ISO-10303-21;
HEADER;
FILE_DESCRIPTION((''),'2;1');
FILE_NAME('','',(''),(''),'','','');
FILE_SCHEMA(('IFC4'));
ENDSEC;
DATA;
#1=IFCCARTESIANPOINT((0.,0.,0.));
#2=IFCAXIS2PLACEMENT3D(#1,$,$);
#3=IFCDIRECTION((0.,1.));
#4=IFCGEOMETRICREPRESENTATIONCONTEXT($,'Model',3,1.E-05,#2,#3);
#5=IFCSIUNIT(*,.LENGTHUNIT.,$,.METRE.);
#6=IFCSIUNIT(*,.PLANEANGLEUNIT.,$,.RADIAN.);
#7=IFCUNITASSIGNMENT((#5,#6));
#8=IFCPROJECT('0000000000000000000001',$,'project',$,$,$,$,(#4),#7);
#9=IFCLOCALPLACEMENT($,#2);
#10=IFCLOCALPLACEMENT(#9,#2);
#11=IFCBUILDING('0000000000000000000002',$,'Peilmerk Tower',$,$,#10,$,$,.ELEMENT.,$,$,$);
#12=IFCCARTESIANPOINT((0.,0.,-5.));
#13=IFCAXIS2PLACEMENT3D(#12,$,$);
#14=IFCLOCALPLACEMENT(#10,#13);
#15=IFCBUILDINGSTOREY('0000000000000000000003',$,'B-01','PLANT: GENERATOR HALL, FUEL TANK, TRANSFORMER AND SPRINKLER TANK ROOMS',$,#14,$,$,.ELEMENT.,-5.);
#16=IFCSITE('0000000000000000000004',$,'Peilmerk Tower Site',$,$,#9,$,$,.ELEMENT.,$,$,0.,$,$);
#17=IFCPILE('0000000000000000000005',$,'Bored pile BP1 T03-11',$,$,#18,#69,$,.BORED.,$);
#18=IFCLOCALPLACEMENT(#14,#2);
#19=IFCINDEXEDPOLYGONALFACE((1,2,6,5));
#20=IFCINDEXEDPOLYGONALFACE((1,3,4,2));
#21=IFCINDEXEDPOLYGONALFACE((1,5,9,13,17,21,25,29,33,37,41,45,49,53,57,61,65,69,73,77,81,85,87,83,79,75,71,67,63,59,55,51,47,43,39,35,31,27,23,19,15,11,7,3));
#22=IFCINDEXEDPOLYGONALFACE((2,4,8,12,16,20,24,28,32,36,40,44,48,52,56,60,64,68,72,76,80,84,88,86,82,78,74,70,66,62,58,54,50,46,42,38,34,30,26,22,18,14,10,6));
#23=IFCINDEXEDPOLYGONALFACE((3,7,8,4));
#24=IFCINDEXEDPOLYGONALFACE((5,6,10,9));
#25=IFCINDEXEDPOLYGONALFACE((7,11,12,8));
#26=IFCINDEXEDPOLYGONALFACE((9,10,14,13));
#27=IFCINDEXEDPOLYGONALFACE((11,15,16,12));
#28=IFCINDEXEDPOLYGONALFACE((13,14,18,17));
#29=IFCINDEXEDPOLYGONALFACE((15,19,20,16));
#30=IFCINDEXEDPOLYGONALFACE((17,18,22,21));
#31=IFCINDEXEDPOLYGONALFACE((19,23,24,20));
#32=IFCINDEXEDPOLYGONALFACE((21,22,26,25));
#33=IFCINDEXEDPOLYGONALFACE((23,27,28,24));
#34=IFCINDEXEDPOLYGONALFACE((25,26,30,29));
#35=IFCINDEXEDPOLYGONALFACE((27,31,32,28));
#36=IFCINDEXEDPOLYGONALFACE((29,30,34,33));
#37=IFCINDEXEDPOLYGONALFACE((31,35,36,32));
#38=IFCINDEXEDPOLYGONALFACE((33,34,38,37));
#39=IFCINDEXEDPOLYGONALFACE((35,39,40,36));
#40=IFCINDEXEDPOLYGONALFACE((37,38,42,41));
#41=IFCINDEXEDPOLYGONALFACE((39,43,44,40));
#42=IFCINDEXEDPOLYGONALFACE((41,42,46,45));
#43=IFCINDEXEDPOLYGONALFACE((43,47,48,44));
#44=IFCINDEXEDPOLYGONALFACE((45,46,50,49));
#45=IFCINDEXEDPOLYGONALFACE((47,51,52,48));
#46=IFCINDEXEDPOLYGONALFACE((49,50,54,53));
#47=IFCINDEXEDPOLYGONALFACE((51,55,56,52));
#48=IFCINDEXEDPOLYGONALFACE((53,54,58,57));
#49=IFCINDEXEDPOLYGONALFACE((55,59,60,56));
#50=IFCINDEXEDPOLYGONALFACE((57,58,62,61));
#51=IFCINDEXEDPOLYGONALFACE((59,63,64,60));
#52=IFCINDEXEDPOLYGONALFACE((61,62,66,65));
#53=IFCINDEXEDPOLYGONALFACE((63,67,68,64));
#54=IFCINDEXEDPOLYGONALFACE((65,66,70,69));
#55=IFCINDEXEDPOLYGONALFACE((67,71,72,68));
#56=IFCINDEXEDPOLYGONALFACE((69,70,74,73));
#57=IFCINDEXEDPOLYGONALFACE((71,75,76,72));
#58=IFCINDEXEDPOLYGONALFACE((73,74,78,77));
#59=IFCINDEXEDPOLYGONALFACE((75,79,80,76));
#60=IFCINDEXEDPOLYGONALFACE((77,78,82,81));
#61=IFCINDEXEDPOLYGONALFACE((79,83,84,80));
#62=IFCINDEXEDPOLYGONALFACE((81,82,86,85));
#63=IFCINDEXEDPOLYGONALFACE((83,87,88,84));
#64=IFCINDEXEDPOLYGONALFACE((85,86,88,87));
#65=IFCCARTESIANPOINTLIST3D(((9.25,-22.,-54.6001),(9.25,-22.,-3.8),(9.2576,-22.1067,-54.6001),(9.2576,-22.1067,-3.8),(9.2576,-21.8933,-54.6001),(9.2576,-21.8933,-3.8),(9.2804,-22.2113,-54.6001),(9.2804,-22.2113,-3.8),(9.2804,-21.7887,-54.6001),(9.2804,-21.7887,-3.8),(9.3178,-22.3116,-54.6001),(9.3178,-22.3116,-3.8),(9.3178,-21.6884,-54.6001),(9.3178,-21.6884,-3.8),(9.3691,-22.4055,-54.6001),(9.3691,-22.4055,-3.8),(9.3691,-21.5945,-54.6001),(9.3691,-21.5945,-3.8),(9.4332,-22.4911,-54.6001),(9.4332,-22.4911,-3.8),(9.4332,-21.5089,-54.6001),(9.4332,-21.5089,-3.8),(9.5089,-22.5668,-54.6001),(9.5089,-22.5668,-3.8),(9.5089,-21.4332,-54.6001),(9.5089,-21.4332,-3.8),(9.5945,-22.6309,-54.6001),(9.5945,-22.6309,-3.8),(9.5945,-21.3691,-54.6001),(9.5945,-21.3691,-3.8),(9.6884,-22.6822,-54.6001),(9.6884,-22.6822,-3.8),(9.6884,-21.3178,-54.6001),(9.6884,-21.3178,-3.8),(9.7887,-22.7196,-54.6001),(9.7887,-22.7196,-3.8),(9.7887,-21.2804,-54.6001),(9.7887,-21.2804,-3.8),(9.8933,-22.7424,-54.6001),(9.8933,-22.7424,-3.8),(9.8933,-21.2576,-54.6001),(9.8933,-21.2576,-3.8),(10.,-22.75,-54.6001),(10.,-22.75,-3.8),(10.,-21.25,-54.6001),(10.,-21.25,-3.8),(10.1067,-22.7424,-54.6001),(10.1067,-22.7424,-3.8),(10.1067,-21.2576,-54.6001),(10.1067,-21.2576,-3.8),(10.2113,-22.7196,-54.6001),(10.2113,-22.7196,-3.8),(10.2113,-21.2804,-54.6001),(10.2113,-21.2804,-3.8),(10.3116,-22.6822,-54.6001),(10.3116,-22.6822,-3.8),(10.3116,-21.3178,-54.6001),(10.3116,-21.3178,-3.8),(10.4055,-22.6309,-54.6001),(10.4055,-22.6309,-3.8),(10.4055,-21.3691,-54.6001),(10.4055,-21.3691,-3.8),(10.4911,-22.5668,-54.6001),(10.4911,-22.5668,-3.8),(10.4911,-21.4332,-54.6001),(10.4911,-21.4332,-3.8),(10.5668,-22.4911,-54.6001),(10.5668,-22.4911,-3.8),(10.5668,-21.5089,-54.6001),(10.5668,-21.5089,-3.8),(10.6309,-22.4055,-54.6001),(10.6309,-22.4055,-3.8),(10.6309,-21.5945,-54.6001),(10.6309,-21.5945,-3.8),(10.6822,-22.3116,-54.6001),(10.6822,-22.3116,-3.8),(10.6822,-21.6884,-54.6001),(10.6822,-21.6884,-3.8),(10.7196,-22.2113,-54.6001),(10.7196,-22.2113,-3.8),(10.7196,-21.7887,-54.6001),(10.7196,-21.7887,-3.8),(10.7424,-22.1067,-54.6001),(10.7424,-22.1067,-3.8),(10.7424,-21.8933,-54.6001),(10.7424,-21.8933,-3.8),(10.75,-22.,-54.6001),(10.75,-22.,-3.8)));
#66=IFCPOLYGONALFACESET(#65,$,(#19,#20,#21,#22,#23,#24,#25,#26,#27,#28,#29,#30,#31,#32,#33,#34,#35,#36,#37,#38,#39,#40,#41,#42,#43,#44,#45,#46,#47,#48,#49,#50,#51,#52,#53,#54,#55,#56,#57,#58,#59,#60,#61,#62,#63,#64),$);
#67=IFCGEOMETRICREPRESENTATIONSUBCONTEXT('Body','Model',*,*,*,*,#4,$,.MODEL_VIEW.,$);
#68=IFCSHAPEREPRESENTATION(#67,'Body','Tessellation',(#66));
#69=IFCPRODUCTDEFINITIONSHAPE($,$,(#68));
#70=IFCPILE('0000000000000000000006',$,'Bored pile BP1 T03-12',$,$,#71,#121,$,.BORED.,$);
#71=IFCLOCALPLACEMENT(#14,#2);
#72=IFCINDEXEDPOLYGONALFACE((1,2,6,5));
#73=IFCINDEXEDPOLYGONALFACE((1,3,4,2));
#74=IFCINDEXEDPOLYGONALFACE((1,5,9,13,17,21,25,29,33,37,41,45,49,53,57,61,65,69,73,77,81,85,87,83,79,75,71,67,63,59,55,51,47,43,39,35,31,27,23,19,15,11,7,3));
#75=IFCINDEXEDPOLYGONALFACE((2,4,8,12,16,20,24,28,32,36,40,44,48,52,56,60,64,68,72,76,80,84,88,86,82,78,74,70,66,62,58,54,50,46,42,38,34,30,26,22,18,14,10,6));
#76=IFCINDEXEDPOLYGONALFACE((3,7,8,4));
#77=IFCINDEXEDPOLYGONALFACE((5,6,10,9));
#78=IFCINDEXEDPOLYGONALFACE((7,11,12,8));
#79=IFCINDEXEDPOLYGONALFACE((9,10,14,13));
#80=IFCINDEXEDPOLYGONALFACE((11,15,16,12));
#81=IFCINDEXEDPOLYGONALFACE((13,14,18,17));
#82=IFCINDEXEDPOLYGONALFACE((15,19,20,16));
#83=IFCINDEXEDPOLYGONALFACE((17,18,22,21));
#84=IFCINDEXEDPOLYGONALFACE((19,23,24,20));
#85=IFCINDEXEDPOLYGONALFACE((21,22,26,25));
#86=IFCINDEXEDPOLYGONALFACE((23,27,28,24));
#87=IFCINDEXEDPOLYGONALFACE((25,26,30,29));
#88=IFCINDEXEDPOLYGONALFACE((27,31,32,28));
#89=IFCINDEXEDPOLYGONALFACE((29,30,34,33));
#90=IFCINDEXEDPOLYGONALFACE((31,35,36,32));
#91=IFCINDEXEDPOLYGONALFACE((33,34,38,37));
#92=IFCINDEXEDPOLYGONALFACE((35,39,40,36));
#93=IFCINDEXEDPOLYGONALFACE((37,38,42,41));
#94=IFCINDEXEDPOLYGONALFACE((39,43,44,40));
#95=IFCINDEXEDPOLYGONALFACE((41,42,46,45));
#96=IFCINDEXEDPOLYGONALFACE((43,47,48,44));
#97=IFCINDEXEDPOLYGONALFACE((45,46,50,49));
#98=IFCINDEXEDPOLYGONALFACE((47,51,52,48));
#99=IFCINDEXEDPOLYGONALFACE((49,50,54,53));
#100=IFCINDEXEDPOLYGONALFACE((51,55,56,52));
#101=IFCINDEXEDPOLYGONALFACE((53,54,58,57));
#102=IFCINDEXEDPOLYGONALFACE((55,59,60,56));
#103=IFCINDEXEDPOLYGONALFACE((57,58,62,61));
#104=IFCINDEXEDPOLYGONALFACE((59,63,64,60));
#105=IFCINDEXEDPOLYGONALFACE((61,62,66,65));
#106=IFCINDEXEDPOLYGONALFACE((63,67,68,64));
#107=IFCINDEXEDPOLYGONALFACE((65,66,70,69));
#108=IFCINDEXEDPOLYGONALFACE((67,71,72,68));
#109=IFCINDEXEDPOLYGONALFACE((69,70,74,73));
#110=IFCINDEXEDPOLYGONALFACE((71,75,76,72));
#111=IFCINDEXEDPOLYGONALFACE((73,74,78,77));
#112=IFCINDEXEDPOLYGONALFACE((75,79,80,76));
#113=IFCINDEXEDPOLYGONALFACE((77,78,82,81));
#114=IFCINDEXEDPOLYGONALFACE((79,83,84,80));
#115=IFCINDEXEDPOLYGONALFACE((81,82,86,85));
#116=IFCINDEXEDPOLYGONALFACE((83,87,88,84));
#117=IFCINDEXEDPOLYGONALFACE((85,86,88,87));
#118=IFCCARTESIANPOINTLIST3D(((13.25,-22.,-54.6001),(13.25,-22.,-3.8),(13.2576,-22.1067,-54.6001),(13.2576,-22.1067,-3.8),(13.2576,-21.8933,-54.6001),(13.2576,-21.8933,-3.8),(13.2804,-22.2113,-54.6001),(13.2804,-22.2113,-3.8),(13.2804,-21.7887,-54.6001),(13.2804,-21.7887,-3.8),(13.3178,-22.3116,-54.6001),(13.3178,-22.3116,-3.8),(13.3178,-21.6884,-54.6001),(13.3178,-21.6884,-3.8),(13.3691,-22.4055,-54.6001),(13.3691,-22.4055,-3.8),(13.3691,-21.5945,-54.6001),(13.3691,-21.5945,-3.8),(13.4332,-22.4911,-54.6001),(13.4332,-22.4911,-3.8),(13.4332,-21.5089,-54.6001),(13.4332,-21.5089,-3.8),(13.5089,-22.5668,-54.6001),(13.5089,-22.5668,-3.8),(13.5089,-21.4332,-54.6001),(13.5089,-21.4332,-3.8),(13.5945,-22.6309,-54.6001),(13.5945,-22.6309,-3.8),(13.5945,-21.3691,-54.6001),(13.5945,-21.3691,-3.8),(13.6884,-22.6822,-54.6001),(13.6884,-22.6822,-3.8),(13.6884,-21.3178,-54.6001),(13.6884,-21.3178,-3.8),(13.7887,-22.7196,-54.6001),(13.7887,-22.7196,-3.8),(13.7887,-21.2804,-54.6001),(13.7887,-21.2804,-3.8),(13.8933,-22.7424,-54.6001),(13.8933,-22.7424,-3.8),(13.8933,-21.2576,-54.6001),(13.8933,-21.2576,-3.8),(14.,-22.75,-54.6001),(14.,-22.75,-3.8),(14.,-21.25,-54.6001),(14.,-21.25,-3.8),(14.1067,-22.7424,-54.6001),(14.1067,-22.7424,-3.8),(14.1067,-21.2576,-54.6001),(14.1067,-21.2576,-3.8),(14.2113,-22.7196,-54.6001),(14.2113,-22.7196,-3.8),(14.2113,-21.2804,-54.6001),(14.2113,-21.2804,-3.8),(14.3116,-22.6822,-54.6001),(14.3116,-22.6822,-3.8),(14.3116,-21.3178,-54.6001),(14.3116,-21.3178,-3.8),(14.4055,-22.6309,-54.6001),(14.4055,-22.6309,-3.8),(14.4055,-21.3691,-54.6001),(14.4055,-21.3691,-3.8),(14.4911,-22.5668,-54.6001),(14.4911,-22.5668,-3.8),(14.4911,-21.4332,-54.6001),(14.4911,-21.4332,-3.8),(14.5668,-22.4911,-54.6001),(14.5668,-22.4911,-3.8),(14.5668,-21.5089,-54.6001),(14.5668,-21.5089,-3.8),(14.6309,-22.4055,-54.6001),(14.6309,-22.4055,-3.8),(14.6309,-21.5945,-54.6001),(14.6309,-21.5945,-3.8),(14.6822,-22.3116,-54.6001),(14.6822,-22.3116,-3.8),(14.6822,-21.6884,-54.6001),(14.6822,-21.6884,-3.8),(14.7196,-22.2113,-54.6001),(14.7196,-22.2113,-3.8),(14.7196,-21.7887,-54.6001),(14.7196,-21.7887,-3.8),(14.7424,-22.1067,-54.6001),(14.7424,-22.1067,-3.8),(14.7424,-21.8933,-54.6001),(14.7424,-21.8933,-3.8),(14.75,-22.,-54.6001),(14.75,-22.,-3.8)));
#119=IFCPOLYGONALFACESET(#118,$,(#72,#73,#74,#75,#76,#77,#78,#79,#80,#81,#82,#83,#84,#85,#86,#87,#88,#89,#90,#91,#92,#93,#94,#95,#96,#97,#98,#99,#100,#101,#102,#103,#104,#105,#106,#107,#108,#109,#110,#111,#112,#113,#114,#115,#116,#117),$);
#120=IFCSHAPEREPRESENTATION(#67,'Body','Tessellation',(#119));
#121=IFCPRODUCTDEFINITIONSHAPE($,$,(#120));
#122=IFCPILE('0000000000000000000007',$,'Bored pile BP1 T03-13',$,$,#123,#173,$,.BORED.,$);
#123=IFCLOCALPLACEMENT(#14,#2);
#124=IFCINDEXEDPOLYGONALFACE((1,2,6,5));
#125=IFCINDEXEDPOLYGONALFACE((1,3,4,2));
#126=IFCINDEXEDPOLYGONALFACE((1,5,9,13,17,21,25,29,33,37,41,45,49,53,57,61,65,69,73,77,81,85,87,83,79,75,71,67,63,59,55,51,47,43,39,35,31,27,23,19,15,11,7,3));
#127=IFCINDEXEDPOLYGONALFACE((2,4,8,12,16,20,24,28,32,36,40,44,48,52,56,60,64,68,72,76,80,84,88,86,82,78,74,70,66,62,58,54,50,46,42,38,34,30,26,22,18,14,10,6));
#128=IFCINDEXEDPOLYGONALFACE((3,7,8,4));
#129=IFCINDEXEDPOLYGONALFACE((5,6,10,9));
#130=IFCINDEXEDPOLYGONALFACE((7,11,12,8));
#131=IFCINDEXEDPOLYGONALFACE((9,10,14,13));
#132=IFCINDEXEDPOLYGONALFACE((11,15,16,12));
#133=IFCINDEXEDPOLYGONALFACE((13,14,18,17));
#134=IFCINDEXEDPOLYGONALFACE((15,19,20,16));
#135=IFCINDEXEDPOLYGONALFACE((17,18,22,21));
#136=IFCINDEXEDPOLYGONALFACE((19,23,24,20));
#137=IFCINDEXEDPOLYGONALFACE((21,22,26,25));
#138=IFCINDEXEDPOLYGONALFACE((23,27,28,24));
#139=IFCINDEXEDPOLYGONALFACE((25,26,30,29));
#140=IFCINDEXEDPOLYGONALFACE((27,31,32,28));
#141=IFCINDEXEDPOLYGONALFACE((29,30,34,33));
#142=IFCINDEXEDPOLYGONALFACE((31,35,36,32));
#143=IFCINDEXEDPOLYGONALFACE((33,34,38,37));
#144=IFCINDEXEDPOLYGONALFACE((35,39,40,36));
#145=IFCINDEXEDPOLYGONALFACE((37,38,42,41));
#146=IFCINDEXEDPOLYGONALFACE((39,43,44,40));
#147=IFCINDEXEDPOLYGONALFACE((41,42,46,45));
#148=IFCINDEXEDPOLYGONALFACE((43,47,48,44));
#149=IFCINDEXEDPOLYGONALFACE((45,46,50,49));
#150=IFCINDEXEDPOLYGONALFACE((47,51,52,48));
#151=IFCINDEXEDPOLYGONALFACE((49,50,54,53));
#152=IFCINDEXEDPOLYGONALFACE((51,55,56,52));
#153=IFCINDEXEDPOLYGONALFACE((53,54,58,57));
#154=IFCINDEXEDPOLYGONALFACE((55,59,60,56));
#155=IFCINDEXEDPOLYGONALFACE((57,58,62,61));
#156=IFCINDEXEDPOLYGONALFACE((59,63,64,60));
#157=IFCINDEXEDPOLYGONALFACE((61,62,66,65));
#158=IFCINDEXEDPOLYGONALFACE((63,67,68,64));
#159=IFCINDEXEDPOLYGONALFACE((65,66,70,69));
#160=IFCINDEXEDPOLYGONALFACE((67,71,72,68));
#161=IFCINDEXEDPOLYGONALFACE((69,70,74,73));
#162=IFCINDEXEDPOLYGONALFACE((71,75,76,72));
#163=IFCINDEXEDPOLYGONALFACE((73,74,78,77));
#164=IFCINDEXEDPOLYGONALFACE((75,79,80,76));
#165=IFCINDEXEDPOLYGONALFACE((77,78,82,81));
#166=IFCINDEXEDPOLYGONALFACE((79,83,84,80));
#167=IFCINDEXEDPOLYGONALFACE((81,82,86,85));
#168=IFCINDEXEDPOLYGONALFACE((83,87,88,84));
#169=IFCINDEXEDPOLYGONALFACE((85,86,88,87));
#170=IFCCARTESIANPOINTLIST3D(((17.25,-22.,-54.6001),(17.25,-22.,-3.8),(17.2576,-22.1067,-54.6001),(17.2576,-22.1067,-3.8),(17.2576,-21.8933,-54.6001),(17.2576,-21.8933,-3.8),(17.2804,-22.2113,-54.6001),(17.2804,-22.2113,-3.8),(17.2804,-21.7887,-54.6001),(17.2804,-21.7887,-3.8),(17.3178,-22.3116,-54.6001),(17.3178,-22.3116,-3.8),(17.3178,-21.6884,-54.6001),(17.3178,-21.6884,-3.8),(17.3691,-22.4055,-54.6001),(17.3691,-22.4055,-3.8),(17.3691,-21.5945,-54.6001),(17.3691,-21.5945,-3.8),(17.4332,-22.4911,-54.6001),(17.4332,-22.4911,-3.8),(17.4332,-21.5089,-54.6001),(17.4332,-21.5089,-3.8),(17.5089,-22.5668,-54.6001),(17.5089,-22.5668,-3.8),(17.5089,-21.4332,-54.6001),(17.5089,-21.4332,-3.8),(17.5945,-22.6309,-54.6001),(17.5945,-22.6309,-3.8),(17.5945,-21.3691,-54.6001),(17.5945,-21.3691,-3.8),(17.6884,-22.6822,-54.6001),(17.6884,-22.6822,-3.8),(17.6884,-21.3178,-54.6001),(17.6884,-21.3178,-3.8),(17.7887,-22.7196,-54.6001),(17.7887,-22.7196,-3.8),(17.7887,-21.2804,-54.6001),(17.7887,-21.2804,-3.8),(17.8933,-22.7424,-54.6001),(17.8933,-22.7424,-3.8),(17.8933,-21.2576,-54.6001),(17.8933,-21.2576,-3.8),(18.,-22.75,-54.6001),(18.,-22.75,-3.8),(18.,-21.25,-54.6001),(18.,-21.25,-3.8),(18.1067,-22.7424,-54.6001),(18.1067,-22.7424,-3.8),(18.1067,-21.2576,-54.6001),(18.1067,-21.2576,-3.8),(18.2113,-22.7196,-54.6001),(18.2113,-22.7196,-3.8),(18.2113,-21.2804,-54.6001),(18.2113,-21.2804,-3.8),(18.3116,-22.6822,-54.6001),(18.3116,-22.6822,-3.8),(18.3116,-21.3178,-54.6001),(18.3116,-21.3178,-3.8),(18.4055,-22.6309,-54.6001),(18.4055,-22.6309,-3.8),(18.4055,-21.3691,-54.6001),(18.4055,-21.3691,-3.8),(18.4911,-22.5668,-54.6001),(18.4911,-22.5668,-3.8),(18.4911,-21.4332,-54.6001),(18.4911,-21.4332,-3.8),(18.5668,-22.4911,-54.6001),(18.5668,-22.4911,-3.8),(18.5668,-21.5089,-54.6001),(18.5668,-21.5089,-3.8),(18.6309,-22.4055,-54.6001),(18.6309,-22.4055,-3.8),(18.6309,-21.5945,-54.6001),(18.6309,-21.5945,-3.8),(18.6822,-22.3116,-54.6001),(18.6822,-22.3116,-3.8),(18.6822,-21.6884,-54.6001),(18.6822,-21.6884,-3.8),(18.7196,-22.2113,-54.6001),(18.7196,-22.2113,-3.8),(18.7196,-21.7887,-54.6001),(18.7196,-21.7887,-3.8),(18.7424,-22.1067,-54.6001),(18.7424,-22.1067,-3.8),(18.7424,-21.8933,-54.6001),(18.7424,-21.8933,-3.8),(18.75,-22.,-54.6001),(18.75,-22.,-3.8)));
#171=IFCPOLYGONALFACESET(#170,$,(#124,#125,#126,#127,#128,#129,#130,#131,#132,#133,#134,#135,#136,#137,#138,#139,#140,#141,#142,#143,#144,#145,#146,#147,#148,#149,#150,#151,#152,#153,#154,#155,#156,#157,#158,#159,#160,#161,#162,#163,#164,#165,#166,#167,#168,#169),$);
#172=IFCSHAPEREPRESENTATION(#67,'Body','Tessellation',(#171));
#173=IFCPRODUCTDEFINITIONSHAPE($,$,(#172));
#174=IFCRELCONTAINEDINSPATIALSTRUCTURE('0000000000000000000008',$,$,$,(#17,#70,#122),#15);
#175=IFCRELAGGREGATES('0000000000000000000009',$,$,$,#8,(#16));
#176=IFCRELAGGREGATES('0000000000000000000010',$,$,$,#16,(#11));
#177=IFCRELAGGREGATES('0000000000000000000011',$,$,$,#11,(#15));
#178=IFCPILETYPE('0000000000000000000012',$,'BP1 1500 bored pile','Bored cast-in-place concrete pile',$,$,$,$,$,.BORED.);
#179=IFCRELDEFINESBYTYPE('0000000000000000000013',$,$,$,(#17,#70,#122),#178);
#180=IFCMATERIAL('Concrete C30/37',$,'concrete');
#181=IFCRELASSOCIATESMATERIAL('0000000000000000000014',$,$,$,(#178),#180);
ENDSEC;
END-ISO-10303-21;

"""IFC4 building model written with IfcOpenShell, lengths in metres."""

from ifc_helpers import new_model, si_unit, direction, frame, origin, origin_2d, place, context, subcontext, project, spatial, circle, extrude, material, material_profile, profile_set, type_object, element, save


model = new_model("IFC4")

# Units and contexts
model_context = context("Model", 3, precision=1e-05, world=origin(), true_north=direction((0.0, 1.0)))
body_context = subcontext(model_context, "Body", "Model", "MODEL_VIEW")
ifc_project = project(units=[si_unit("LENGTHUNIT", "METRE"), si_unit("PLANEANGLEUNIT", "RADIAN")], contexts=[model_context])

# Site, building, storey
site_placement = place(None, origin())
site = spatial("IfcSite", under=ifc_project, at=site_placement, Name="Peilmerk Tower Site", CompositionType="ELEMENT", RefElevation=0.0)
building_placement = place(site_placement, origin())
building = spatial("IfcBuilding", under=site, at=building_placement, Name="Peilmerk Tower", CompositionType="ELEMENT")
storey_placement = place(building_placement, frame((0.0, 0.0, -5.0)))
storey = spatial("IfcBuildingStorey", under=building, at=storey_placement, Name="B-01", Description="PLANT: GENERATOR HALL, FUEL TANK, TRANSFORMER AND SPRINKLER TANK ROOMS", CompositionType="ELEMENT", Elevation=-5.0)

# Piles
ifc_material_1 = material(Name="Concrete C30/37", Category="concrete")
ifc_material_profile_1 = material_profile(ifc_material_1, circle(Radius=0.75, at=origin_2d()), Name="BP 1500")
ifc_profile_set_1 = profile_set([ifc_material_profile_1], Name="Concrete C30/37")
pile_type = type_object("IfcPileType", Name="BP1 1500 bored pile", Description="Bored cast-in-place concrete pile", PredefinedType="BORED", material=ifc_profile_set_1)
for number, where, z_axis, x_axis, name in (
    (1, (10.0, -22.0, -3.8), (0.0, 0.0, -1.0), (1.0, 0.0, 0.0), "Bored pile BP1 T03-11"),
    (2, (14.0, -22.0, -3.8), (0.0, 0.0, -1.0), (1.0, 0.0, 0.0), "Bored pile BP1 T03-12"),
    (3, (18.0, -22.0, -3.8), (0.0, 0.0, -1.0), (1.0, 0.0, 0.0), "Bored pile BP1 T03-13"),
):
    element("IfcPile", number, at=place(storey_placement, frame(where, z_axis=z_axis, x_axis=x_axis)), inside=storey, type_object=pile_type, Name=name, PredefinedType="BORED", context=body_context, shape_type="SweptSolid", body=[
        extrude(circle(Radius=0.75, at=origin_2d()), origin(), (0.0, 0.0, 1.0), 50.8),
    ])

save(model, "model.ifc")
